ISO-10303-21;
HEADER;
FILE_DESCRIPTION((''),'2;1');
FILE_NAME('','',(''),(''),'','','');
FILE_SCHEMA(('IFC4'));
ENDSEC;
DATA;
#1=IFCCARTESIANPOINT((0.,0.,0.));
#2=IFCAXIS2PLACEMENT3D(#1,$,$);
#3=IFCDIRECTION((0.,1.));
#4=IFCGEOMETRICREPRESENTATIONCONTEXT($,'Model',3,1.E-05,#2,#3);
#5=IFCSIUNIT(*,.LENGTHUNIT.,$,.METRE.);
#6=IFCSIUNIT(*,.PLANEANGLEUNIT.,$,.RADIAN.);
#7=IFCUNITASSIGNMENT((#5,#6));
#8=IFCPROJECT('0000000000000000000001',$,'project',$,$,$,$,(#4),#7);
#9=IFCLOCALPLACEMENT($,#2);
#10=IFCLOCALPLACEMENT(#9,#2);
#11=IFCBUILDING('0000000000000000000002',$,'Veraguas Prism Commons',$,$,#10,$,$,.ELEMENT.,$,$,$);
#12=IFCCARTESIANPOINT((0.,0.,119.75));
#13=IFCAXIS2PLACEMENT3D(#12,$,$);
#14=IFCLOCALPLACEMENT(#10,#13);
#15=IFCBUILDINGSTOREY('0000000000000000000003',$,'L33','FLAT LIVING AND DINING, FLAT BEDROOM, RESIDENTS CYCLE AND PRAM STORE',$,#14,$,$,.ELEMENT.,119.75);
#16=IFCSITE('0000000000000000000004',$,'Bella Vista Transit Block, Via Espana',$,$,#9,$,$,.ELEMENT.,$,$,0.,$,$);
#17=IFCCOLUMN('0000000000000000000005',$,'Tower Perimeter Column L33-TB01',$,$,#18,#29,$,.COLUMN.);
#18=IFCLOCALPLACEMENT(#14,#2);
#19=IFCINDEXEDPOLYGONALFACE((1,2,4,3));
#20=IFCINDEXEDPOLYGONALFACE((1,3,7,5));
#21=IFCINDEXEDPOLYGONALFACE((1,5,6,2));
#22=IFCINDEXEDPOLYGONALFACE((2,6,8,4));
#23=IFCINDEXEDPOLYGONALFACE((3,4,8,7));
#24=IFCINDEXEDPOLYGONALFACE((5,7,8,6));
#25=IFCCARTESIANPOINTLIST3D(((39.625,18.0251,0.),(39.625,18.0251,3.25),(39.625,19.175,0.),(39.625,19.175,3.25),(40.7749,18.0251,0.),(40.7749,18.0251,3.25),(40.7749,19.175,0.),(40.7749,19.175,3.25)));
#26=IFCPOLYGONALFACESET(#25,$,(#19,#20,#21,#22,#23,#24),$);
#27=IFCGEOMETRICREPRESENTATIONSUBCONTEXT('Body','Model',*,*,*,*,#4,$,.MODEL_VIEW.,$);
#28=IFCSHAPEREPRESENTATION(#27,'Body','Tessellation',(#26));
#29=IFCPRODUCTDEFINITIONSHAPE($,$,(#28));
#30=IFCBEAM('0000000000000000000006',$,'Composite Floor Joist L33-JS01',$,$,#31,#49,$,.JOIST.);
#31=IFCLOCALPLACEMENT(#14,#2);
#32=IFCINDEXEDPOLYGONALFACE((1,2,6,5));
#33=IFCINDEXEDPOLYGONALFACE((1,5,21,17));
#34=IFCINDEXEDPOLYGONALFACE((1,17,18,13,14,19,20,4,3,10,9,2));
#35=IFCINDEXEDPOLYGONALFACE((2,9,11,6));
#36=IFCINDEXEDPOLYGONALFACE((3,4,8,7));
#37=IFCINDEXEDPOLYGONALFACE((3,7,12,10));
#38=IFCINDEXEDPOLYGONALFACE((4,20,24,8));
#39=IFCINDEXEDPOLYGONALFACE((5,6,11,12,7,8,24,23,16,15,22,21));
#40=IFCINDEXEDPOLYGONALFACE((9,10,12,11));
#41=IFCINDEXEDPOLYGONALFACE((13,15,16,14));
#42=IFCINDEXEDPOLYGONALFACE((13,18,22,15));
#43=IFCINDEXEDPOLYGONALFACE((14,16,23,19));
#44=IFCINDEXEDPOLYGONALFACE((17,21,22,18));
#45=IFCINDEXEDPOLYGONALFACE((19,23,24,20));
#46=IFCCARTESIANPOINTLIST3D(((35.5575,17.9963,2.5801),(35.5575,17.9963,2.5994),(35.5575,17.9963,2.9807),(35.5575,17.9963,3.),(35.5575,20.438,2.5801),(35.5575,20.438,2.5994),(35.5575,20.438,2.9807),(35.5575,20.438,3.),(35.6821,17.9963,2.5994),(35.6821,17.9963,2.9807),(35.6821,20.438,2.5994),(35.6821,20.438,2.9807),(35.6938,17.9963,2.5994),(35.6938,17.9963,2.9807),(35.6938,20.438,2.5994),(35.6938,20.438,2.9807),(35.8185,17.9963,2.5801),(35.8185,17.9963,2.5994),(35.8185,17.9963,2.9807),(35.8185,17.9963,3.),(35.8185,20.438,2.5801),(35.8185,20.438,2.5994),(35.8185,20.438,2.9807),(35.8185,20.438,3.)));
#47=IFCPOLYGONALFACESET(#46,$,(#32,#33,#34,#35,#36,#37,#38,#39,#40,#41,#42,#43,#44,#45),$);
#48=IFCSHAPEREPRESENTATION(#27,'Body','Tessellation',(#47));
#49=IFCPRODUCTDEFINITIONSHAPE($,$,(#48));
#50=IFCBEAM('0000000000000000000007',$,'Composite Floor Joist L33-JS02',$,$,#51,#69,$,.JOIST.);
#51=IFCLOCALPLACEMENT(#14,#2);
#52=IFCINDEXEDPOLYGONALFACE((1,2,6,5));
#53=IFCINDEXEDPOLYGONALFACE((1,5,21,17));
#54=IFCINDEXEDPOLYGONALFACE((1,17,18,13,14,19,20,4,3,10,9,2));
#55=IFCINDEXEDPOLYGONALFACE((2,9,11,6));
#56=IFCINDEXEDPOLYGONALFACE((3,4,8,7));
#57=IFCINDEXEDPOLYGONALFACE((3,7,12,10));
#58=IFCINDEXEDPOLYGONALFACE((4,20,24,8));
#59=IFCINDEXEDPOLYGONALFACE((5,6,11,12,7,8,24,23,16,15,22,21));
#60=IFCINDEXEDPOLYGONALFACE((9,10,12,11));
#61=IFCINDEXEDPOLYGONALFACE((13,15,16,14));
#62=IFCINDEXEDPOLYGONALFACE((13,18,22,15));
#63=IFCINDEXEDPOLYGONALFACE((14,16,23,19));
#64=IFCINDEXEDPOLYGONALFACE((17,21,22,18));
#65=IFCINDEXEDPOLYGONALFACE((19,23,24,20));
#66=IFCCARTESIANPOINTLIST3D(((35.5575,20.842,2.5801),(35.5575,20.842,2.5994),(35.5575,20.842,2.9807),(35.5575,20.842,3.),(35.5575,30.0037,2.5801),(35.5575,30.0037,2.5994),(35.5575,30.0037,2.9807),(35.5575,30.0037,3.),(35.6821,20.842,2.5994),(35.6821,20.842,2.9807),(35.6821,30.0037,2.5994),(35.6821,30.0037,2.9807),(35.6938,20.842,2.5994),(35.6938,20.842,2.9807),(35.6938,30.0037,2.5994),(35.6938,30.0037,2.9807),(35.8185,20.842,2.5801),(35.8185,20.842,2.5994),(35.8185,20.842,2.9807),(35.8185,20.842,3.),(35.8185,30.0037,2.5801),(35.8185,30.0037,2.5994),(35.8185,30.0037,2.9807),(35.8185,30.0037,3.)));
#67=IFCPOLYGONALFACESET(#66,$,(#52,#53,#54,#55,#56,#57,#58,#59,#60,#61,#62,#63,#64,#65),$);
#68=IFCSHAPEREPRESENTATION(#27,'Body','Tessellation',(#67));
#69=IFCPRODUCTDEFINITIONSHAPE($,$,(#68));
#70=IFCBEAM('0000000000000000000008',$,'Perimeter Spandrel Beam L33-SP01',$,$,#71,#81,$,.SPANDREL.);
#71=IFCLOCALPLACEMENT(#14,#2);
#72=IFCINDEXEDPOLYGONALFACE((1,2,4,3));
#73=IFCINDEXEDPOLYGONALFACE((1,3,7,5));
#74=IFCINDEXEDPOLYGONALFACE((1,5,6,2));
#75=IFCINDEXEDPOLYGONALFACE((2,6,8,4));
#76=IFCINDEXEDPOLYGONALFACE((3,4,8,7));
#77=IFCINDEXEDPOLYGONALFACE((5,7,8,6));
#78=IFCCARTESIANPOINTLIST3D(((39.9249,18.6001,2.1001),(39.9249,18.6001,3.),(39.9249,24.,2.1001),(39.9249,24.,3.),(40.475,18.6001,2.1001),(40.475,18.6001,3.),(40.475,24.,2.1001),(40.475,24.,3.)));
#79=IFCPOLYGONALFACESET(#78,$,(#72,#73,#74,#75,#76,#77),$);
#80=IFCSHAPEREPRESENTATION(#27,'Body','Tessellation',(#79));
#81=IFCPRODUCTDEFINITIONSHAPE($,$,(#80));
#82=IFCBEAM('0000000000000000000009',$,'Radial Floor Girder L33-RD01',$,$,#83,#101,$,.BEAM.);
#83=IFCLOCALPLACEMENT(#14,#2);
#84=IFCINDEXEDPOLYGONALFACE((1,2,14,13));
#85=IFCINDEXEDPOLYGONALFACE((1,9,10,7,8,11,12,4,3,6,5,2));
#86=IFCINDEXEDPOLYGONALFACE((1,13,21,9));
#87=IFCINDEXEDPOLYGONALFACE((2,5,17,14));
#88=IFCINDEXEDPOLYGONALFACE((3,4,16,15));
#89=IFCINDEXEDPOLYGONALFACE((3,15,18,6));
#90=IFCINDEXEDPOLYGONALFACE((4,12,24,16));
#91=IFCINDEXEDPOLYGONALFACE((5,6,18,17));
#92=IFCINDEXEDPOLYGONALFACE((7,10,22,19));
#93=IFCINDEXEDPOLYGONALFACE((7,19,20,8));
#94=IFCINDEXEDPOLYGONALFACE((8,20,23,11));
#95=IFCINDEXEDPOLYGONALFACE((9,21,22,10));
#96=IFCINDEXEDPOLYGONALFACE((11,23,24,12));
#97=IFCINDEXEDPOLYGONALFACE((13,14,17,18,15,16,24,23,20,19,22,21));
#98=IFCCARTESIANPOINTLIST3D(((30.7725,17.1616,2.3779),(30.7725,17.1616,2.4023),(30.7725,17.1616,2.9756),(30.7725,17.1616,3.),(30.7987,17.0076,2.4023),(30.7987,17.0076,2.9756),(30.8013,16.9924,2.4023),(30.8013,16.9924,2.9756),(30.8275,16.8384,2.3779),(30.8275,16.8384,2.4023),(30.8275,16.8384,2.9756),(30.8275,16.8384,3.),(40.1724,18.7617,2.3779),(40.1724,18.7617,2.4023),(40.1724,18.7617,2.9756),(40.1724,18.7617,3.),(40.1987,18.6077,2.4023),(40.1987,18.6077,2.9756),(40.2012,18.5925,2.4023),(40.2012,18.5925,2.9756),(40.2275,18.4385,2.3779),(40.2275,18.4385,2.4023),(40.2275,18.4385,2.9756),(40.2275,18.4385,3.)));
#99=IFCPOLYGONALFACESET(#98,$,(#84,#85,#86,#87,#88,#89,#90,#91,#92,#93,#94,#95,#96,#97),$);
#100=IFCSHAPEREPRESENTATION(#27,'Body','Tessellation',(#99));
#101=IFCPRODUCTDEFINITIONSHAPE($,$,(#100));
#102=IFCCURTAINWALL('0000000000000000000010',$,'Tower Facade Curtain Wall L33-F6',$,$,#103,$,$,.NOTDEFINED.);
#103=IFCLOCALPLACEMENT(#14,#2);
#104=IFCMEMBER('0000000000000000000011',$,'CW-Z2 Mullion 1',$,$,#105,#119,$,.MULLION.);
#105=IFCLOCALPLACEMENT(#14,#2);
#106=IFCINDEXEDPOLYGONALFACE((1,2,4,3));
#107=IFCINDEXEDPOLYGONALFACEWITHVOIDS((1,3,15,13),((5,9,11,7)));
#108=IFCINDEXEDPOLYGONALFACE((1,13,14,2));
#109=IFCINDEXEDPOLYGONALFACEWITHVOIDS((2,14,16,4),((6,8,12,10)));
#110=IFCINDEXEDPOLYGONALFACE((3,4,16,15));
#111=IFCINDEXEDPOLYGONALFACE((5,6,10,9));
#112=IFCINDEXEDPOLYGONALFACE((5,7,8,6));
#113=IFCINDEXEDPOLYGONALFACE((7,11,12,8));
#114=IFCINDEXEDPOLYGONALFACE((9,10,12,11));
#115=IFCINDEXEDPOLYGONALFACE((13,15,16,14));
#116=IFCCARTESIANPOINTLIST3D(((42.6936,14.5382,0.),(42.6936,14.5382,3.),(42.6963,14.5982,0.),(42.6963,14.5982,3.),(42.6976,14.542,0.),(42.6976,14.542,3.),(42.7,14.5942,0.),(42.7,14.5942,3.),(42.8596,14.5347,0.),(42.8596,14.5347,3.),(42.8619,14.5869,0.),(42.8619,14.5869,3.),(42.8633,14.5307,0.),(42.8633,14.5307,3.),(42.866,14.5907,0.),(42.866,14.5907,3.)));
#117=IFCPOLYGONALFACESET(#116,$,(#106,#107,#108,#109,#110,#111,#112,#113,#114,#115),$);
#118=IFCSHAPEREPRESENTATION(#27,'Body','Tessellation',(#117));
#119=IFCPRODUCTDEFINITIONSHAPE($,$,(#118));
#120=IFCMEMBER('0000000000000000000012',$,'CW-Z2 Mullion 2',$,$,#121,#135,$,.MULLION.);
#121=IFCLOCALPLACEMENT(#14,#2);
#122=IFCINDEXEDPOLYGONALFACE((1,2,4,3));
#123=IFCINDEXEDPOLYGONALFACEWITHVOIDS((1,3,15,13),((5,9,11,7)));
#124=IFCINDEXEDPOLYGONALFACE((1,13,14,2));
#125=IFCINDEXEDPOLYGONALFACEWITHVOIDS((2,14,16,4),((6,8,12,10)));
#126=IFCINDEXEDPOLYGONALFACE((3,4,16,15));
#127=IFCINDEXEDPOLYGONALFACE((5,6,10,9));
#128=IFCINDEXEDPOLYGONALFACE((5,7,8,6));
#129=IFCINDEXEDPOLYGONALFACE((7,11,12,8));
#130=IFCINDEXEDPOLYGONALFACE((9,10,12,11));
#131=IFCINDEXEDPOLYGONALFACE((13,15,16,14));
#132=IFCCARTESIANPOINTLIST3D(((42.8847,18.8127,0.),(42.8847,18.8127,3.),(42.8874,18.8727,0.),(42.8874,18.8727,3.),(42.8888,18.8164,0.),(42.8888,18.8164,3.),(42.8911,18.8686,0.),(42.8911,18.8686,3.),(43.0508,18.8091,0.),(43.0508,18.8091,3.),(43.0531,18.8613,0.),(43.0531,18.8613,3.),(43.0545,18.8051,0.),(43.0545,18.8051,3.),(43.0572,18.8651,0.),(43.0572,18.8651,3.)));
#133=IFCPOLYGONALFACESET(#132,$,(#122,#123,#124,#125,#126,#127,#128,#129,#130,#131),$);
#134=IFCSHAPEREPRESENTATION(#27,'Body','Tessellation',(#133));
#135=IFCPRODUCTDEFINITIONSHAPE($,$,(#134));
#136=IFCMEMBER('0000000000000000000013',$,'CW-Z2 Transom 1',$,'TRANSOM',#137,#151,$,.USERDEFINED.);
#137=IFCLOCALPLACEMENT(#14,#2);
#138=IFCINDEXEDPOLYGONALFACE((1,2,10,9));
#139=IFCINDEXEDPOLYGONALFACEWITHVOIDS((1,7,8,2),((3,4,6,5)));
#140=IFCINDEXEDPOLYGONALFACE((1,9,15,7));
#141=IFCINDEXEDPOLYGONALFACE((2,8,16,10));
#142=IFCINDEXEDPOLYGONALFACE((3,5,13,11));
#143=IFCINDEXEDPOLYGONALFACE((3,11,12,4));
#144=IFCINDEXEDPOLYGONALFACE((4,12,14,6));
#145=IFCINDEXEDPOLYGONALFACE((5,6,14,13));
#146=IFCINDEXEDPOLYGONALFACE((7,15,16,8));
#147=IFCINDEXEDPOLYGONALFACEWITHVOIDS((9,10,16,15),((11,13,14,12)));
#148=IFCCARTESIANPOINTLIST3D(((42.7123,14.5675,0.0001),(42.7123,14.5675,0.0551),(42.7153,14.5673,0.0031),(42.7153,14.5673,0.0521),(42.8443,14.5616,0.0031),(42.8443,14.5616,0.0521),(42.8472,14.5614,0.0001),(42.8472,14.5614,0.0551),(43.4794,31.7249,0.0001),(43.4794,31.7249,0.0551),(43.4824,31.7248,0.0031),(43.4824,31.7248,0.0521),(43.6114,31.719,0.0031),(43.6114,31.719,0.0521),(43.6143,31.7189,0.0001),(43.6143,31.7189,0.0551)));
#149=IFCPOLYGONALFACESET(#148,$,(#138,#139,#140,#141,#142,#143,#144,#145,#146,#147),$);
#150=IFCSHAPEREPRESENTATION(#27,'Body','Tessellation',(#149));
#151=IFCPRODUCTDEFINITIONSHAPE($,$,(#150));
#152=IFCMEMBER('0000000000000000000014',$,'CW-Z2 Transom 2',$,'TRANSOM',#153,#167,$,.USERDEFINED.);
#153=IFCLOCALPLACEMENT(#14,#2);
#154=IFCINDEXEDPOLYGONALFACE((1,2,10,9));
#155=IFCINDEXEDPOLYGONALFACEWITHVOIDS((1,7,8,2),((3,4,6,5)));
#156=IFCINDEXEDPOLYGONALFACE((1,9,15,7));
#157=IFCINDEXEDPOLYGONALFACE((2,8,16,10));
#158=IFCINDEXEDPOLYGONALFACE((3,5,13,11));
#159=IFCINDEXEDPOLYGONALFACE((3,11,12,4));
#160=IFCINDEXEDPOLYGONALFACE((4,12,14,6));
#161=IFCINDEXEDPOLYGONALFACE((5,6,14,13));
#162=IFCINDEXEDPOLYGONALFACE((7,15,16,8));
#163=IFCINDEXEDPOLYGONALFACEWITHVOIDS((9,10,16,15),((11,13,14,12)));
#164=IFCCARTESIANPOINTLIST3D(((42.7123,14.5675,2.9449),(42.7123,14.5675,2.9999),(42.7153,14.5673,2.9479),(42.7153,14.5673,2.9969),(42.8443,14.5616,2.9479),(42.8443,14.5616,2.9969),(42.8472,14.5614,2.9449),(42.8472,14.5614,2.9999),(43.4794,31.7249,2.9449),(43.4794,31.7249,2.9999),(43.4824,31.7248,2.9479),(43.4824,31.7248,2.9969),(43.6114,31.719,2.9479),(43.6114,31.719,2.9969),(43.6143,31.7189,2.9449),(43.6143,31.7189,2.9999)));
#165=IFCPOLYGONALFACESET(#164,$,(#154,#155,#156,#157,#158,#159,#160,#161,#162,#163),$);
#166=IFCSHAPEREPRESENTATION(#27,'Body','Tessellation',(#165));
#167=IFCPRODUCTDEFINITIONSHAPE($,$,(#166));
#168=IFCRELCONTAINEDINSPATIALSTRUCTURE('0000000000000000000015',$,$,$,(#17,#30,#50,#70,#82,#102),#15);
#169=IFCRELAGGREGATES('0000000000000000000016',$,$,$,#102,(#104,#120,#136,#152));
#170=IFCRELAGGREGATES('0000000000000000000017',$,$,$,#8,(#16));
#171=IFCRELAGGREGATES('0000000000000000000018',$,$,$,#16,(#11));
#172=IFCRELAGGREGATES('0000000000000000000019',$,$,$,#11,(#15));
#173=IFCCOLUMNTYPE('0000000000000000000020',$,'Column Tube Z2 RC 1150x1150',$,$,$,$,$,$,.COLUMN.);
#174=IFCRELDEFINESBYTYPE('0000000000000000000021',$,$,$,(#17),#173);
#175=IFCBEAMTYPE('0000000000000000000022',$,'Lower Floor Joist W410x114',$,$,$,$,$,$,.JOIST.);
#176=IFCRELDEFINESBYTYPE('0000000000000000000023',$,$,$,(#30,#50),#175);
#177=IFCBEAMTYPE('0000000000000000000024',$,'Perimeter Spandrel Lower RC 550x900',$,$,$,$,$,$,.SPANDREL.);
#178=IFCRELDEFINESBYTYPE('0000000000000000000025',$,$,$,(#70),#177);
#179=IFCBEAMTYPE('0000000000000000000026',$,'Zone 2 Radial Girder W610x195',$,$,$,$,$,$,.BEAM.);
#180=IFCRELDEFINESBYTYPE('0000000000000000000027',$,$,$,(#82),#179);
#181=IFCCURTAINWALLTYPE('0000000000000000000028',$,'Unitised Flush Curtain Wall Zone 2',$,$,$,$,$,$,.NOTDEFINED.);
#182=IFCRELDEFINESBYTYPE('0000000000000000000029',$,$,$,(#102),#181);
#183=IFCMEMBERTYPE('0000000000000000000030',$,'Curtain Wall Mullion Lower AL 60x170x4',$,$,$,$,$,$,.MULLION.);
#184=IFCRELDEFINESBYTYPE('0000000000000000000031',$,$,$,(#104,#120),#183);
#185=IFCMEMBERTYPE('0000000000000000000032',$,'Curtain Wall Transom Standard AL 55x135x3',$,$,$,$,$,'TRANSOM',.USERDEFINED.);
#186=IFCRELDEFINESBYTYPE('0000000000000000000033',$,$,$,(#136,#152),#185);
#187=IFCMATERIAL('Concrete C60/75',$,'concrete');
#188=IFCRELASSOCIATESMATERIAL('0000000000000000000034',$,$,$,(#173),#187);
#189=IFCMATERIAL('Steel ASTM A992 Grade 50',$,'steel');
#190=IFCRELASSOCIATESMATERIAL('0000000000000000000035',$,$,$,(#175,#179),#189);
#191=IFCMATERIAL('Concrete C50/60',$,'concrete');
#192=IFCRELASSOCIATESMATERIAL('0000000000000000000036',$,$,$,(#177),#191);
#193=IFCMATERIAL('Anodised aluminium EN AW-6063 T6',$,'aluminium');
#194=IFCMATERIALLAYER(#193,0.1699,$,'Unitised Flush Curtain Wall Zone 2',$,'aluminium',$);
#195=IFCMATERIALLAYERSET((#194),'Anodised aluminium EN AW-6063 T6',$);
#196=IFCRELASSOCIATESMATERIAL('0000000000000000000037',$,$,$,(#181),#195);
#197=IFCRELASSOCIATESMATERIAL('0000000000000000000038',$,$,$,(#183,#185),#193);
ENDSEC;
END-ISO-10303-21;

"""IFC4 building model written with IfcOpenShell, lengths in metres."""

from ifc_helpers import new_model, si_unit, direction, frame, origin, origin_2d, place, context, subcontext, project, spatial, rectangle, hollow_rectangle, i_section, extrude, source, transform, mapped, material, layer, layer_set, material_profile, profile_set, type_object, element, aggregate, save


model = new_model("IFC4")

# Units and contexts
model_context = context("Model", 3, precision=1e-05, world=origin(), true_north=direction((0.0, 1.0)))
body_context = subcontext(model_context, "Body", "Model", "MODEL_VIEW")
ifc_project = project(units=[si_unit("LENGTHUNIT", "METRE"), si_unit("PLANEANGLEUNIT", "RADIAN")], contexts=[model_context])

# Site, building, storey
site_placement = place(None, origin())
site = spatial("IfcSite", under=ifc_project, at=site_placement, Name="Bella Vista Transit Block, Via Espana", CompositionType="ELEMENT", RefElevation=0.0)
building_placement = place(site_placement, origin())
building = spatial("IfcBuilding", under=site, at=building_placement, Name="Veraguas Prism Commons", CompositionType="ELEMENT")
storey_placement = place(building_placement, frame((0.0, 0.0, 119.75)))
storey = spatial("IfcBuildingStorey", under=building, at=storey_placement, Name="L33", Description="FLAT LIVING AND DINING, FLAT BEDROOM, RESIDENTS CYCLE AND PRAM STORE", CompositionType="ELEMENT", Elevation=119.75)

# Column
ifc_material_1 = material(Name="Concrete C60/75", Category="concrete")
ifc_material_profile_1 = material_profile(ifc_material_1, rectangle(XDim=1.1499, YDim=1.1499, at=origin_2d()), Name="RC1150X1150")
ifc_profile_set_1 = profile_set([ifc_material_profile_1], Name="Concrete C60/75")
column_type = type_object("IfcColumnType", Name="Column Tube Z2 RC 1150x1150", PredefinedType="COLUMN", material=ifc_profile_set_1)
column_placement = place(storey_placement, frame((40.2, 18.6001, 0.0), z_axis=(0.0, 0.0, 1.0), x_axis=(1.0, 0.0, 0.0)))
element("IfcColumn", 1, at=column_placement, inside=storey, type_object=column_type, Name="Tower Perimeter Column L33-TB01", PredefinedType="COLUMN", context=body_context, shape_type="SweptSolid", body=[
    extrude(rectangle(XDim=1.1499, YDim=1.1499, at=origin_2d()), origin(), (0.0, 0.0, 1.0), 3.25),
])

# Beams
ifc_material_2 = material(Name="Steel ASTM A992 Grade 50", Category="steel")
ifc_material_profile_2 = material_profile(ifc_material_2, i_section(OverallWidth=0.261, OverallDepth=0.4199, WebThickness=0.0117, FlangeThickness=0.0193, at=origin_2d()), Name="W410X114")
ifc_profile_set_2 = profile_set([ifc_material_profile_2], Name="Steel ASTM A992 Grade 50")
beam_type_1 = type_object("IfcBeamType", Name="Lower Floor Joist W410x114", PredefinedType="JOIST", material=ifc_profile_set_2)
beam_1_placement = place(storey_placement, frame((35.688, 17.9963, 2.79), z_axis=(0.0, 1.0, 0.0), x_axis=(-1.0, 0.0, 0.0)))
element("IfcBeam", 2, at=beam_1_placement, inside=storey, type_object=beam_type_1, Name="Composite Floor Joist L33-JS01", PredefinedType="JOIST", context=body_context, shape_type="SweptSolid", body=[
    extrude(i_section(OverallWidth=0.261, OverallDepth=0.4199, WebThickness=0.0117, FlangeThickness=0.0193, at=origin_2d()), origin(), (0.0, 0.0, 1.0), 2.4417),
])
beam_2_placement = place(storey_placement, frame((35.688, 20.842, 2.79), z_axis=(0.0, 1.0, 0.0), x_axis=(-1.0, 0.0, 0.0)))
element("IfcBeam", 3, at=beam_2_placement, inside=storey, type_object=beam_type_1, Name="Composite Floor Joist L33-JS02", PredefinedType="JOIST", context=body_context, shape_type="SweptSolid", body=[
    extrude(i_section(OverallWidth=0.261, OverallDepth=0.4199, WebThickness=0.0117, FlangeThickness=0.0193, at=origin_2d()), origin(), (0.0, 0.0, 1.0), 9.1616),
])
ifc_material_3 = material(Name="Concrete C50/60", Category="concrete")
ifc_material_profile_3 = material_profile(ifc_material_3, rectangle(XDim=0.55, YDim=0.8999, at=origin_2d()), Name="RC550X900")
ifc_profile_set_3 = profile_set([ifc_material_profile_3], Name="Concrete C50/60")
beam_type_2 = type_object("IfcBeamType", Name="Perimeter Spandrel Lower RC 550x900", PredefinedType="SPANDREL", material=ifc_profile_set_3)
beam_3_placement = place(storey_placement, frame((40.2, 18.6001, 2.55), z_axis=(0.0, 1.0, 0.0), x_axis=(-1.0, 0.0, 0.0)))
element("IfcBeam", 4, at=beam_3_placement, inside=storey, type_object=beam_type_2, Name="Perimeter Spandrel Beam L33-SP01", PredefinedType="SPANDREL", context=body_context, shape_type="SweptSolid", body=[
    extrude(rectangle(XDim=0.55, YDim=0.8999, at=origin_2d()), origin(), (0.0, 0.0, 1.0), 5.3999),
])
ifc_material_profile_4 = material_profile(ifc_material_2, i_section(OverallWidth=0.3279, OverallDepth=0.6221, WebThickness=0.0154, FlangeThickness=0.0244, at=origin_2d()), Name="W610X195")
ifc_profile_set_4 = profile_set([ifc_material_profile_4], Name="Steel ASTM A992 Grade 50")
beam_type_3 = type_object("IfcBeamType", Name="Zone 2 Radial Girder W610x195", PredefinedType="BEAM", material=ifc_profile_set_4)
beam_4_placement = place(storey_placement, frame((40.2, 18.6001, 2.689), z_axis=(-0.985819, -0.167811, 0.0), x_axis=(0.167811, -0.985819, 0.0)))
element("IfcBeam", 5, at=beam_4_placement, inside=storey, type_object=beam_type_3, Name="Radial Floor Girder L33-RD01", PredefinedType="BEAM", context=body_context, shape_type="SweptSolid", body=[
    extrude(i_section(OverallWidth=0.3279, OverallDepth=0.6221, WebThickness=0.0154, FlangeThickness=0.0244, at=origin_2d()), origin(), (0.0, 0.0, 1.0), 9.5352),
])

# Curtain wall, members
ifc_material_4 = material(Name="Anodised aluminium EN AW-6063 T6", Category="aluminium")
ifc_layer_1 = layer(ifc_material_4, 0.1699, Name="Unitised Flush Curtain Wall Zone 2", Category="aluminium")
ifc_layer_set_1 = layer_set([ifc_layer_1], Name="Anodised aluminium EN AW-6063 T6")
curtain_wall_type = type_object("IfcCurtainWallType", Name="Unitised Flush Curtain Wall Zone 2", PredefinedType="NOTDEFINED", material=ifc_layer_set_1)
curtain_wall_placement = place(storey_placement, origin())
curtain_wall = element("IfcCurtainWall", 6, at=curtain_wall_placement, inside=storey, type_object=curtain_wall_type, Name="Tower Facade Curtain Wall L33-F6", PredefinedType="NOTDEFINED")
ifc_material_profile_5 = material_profile(ifc_material_4, hollow_rectangle(XDim=0.0601, YDim=0.1699, WallThickness=0.0039, at=origin_2d()), Name="AL60X170X4")
ifc_profile_set_5 = profile_set([ifc_material_profile_5], Name="Anodised aluminium EN AW-6063 T6")
member_type_1 = type_object("IfcMemberType", Name="Curtain Wall Mullion Lower AL 60x170x4", PredefinedType="MULLION", material=ifc_profile_set_5)
shared_shape_1 = source(origin(), body_context, "Body", "SweptSolid", [
    extrude(hollow_rectangle(XDim=0.0601, YDim=0.1699, WallThickness=0.0039, at=origin_2d()), origin(), (0.0, 0.0, 1.0), 3.0),
])
member_1_placement = place(storey_placement, frame((42.7798, 14.5645, 0.0), z_axis=(0.0, 0.0, 1.0), x_axis=(0.044667, 0.999002, 0.0)))
member_1 = element("IfcMember", 7, at=member_1_placement, type_object=member_type_1, Name="CW-Z2 Mullion 1", PredefinedType="MULLION", context=body_context, shape_type="MappedRepresentation", body=[
    mapped(shared_shape_1, transform((0.0, 0.0, 0.0), scale=1.0)),
])
member_2_placement = place(storey_placement, frame((42.9709, 18.8389, 0.0), z_axis=(0.0, 0.0, 1.0), x_axis=(0.044667, 0.999002, 0.0)))
member_2 = element("IfcMember", 8, at=member_2_placement, type_object=member_type_1, Name="CW-Z2 Mullion 2", PredefinedType="MULLION", context=body_context, shape_type="MappedRepresentation", body=[
    mapped(shared_shape_1, transform((0.0, 0.0, 0.0), scale=1.0)),
])
ifc_material_profile_6 = material_profile(ifc_material_4, hollow_rectangle(XDim=0.0549, YDim=0.135, WallThickness=0.0029, at=origin_2d()), Name="AL55X135X3")
ifc_profile_set_6 = profile_set([ifc_material_profile_6], Name="Anodised aluminium EN AW-6063 T6")
member_type_2 = type_object("IfcMemberType", Name="Curtain Wall Transom Standard AL 55x135x3", ElementType="TRANSOM", PredefinedType="USERDEFINED", material=ifc_profile_set_6)
shared_shape_2 = source(origin(), body_context, "Body", "SweptSolid", [
    extrude(hollow_rectangle(XDim=0.0549, YDim=0.135, WallThickness=0.0029, at=origin_2d()), origin(), (0.0, 0.0, 1.0), 17.1746),
])
member_3_placement = place(storey_placement, frame((42.7798, 14.5645, 0.0276), z_axis=(0.044664, 0.999002, 0.0), x_axis=(0.0, 0.0, 1.0)))
member_3 = element("IfcMember", 9, at=member_3_placement, type_object=member_type_2, Name="CW-Z2 Transom 1", ObjectType="TRANSOM", PredefinedType="USERDEFINED", context=body_context, shape_type="MappedRepresentation", body=[
    mapped(shared_shape_2, transform((0.0, 0.0, 0.0), scale=1.0)),
])
member_4_placement = place(storey_placement, frame((42.7798, 14.5645, 2.9724), z_axis=(0.044664, 0.999002, 0.0), x_axis=(0.0, 0.0, 1.0)))
member_4 = element("IfcMember", 10, at=member_4_placement, type_object=member_type_2, Name="CW-Z2 Transom 2", ObjectType="TRANSOM", PredefinedType="USERDEFINED", context=body_context, shape_type="MappedRepresentation", body=[
    mapped(shared_shape_2, transform((0.0, 0.0, 0.0), scale=1.0)),
])
aggregate(curtain_wall, [member_1, member_2, member_3, member_4])

save(model, "model.ifc")
